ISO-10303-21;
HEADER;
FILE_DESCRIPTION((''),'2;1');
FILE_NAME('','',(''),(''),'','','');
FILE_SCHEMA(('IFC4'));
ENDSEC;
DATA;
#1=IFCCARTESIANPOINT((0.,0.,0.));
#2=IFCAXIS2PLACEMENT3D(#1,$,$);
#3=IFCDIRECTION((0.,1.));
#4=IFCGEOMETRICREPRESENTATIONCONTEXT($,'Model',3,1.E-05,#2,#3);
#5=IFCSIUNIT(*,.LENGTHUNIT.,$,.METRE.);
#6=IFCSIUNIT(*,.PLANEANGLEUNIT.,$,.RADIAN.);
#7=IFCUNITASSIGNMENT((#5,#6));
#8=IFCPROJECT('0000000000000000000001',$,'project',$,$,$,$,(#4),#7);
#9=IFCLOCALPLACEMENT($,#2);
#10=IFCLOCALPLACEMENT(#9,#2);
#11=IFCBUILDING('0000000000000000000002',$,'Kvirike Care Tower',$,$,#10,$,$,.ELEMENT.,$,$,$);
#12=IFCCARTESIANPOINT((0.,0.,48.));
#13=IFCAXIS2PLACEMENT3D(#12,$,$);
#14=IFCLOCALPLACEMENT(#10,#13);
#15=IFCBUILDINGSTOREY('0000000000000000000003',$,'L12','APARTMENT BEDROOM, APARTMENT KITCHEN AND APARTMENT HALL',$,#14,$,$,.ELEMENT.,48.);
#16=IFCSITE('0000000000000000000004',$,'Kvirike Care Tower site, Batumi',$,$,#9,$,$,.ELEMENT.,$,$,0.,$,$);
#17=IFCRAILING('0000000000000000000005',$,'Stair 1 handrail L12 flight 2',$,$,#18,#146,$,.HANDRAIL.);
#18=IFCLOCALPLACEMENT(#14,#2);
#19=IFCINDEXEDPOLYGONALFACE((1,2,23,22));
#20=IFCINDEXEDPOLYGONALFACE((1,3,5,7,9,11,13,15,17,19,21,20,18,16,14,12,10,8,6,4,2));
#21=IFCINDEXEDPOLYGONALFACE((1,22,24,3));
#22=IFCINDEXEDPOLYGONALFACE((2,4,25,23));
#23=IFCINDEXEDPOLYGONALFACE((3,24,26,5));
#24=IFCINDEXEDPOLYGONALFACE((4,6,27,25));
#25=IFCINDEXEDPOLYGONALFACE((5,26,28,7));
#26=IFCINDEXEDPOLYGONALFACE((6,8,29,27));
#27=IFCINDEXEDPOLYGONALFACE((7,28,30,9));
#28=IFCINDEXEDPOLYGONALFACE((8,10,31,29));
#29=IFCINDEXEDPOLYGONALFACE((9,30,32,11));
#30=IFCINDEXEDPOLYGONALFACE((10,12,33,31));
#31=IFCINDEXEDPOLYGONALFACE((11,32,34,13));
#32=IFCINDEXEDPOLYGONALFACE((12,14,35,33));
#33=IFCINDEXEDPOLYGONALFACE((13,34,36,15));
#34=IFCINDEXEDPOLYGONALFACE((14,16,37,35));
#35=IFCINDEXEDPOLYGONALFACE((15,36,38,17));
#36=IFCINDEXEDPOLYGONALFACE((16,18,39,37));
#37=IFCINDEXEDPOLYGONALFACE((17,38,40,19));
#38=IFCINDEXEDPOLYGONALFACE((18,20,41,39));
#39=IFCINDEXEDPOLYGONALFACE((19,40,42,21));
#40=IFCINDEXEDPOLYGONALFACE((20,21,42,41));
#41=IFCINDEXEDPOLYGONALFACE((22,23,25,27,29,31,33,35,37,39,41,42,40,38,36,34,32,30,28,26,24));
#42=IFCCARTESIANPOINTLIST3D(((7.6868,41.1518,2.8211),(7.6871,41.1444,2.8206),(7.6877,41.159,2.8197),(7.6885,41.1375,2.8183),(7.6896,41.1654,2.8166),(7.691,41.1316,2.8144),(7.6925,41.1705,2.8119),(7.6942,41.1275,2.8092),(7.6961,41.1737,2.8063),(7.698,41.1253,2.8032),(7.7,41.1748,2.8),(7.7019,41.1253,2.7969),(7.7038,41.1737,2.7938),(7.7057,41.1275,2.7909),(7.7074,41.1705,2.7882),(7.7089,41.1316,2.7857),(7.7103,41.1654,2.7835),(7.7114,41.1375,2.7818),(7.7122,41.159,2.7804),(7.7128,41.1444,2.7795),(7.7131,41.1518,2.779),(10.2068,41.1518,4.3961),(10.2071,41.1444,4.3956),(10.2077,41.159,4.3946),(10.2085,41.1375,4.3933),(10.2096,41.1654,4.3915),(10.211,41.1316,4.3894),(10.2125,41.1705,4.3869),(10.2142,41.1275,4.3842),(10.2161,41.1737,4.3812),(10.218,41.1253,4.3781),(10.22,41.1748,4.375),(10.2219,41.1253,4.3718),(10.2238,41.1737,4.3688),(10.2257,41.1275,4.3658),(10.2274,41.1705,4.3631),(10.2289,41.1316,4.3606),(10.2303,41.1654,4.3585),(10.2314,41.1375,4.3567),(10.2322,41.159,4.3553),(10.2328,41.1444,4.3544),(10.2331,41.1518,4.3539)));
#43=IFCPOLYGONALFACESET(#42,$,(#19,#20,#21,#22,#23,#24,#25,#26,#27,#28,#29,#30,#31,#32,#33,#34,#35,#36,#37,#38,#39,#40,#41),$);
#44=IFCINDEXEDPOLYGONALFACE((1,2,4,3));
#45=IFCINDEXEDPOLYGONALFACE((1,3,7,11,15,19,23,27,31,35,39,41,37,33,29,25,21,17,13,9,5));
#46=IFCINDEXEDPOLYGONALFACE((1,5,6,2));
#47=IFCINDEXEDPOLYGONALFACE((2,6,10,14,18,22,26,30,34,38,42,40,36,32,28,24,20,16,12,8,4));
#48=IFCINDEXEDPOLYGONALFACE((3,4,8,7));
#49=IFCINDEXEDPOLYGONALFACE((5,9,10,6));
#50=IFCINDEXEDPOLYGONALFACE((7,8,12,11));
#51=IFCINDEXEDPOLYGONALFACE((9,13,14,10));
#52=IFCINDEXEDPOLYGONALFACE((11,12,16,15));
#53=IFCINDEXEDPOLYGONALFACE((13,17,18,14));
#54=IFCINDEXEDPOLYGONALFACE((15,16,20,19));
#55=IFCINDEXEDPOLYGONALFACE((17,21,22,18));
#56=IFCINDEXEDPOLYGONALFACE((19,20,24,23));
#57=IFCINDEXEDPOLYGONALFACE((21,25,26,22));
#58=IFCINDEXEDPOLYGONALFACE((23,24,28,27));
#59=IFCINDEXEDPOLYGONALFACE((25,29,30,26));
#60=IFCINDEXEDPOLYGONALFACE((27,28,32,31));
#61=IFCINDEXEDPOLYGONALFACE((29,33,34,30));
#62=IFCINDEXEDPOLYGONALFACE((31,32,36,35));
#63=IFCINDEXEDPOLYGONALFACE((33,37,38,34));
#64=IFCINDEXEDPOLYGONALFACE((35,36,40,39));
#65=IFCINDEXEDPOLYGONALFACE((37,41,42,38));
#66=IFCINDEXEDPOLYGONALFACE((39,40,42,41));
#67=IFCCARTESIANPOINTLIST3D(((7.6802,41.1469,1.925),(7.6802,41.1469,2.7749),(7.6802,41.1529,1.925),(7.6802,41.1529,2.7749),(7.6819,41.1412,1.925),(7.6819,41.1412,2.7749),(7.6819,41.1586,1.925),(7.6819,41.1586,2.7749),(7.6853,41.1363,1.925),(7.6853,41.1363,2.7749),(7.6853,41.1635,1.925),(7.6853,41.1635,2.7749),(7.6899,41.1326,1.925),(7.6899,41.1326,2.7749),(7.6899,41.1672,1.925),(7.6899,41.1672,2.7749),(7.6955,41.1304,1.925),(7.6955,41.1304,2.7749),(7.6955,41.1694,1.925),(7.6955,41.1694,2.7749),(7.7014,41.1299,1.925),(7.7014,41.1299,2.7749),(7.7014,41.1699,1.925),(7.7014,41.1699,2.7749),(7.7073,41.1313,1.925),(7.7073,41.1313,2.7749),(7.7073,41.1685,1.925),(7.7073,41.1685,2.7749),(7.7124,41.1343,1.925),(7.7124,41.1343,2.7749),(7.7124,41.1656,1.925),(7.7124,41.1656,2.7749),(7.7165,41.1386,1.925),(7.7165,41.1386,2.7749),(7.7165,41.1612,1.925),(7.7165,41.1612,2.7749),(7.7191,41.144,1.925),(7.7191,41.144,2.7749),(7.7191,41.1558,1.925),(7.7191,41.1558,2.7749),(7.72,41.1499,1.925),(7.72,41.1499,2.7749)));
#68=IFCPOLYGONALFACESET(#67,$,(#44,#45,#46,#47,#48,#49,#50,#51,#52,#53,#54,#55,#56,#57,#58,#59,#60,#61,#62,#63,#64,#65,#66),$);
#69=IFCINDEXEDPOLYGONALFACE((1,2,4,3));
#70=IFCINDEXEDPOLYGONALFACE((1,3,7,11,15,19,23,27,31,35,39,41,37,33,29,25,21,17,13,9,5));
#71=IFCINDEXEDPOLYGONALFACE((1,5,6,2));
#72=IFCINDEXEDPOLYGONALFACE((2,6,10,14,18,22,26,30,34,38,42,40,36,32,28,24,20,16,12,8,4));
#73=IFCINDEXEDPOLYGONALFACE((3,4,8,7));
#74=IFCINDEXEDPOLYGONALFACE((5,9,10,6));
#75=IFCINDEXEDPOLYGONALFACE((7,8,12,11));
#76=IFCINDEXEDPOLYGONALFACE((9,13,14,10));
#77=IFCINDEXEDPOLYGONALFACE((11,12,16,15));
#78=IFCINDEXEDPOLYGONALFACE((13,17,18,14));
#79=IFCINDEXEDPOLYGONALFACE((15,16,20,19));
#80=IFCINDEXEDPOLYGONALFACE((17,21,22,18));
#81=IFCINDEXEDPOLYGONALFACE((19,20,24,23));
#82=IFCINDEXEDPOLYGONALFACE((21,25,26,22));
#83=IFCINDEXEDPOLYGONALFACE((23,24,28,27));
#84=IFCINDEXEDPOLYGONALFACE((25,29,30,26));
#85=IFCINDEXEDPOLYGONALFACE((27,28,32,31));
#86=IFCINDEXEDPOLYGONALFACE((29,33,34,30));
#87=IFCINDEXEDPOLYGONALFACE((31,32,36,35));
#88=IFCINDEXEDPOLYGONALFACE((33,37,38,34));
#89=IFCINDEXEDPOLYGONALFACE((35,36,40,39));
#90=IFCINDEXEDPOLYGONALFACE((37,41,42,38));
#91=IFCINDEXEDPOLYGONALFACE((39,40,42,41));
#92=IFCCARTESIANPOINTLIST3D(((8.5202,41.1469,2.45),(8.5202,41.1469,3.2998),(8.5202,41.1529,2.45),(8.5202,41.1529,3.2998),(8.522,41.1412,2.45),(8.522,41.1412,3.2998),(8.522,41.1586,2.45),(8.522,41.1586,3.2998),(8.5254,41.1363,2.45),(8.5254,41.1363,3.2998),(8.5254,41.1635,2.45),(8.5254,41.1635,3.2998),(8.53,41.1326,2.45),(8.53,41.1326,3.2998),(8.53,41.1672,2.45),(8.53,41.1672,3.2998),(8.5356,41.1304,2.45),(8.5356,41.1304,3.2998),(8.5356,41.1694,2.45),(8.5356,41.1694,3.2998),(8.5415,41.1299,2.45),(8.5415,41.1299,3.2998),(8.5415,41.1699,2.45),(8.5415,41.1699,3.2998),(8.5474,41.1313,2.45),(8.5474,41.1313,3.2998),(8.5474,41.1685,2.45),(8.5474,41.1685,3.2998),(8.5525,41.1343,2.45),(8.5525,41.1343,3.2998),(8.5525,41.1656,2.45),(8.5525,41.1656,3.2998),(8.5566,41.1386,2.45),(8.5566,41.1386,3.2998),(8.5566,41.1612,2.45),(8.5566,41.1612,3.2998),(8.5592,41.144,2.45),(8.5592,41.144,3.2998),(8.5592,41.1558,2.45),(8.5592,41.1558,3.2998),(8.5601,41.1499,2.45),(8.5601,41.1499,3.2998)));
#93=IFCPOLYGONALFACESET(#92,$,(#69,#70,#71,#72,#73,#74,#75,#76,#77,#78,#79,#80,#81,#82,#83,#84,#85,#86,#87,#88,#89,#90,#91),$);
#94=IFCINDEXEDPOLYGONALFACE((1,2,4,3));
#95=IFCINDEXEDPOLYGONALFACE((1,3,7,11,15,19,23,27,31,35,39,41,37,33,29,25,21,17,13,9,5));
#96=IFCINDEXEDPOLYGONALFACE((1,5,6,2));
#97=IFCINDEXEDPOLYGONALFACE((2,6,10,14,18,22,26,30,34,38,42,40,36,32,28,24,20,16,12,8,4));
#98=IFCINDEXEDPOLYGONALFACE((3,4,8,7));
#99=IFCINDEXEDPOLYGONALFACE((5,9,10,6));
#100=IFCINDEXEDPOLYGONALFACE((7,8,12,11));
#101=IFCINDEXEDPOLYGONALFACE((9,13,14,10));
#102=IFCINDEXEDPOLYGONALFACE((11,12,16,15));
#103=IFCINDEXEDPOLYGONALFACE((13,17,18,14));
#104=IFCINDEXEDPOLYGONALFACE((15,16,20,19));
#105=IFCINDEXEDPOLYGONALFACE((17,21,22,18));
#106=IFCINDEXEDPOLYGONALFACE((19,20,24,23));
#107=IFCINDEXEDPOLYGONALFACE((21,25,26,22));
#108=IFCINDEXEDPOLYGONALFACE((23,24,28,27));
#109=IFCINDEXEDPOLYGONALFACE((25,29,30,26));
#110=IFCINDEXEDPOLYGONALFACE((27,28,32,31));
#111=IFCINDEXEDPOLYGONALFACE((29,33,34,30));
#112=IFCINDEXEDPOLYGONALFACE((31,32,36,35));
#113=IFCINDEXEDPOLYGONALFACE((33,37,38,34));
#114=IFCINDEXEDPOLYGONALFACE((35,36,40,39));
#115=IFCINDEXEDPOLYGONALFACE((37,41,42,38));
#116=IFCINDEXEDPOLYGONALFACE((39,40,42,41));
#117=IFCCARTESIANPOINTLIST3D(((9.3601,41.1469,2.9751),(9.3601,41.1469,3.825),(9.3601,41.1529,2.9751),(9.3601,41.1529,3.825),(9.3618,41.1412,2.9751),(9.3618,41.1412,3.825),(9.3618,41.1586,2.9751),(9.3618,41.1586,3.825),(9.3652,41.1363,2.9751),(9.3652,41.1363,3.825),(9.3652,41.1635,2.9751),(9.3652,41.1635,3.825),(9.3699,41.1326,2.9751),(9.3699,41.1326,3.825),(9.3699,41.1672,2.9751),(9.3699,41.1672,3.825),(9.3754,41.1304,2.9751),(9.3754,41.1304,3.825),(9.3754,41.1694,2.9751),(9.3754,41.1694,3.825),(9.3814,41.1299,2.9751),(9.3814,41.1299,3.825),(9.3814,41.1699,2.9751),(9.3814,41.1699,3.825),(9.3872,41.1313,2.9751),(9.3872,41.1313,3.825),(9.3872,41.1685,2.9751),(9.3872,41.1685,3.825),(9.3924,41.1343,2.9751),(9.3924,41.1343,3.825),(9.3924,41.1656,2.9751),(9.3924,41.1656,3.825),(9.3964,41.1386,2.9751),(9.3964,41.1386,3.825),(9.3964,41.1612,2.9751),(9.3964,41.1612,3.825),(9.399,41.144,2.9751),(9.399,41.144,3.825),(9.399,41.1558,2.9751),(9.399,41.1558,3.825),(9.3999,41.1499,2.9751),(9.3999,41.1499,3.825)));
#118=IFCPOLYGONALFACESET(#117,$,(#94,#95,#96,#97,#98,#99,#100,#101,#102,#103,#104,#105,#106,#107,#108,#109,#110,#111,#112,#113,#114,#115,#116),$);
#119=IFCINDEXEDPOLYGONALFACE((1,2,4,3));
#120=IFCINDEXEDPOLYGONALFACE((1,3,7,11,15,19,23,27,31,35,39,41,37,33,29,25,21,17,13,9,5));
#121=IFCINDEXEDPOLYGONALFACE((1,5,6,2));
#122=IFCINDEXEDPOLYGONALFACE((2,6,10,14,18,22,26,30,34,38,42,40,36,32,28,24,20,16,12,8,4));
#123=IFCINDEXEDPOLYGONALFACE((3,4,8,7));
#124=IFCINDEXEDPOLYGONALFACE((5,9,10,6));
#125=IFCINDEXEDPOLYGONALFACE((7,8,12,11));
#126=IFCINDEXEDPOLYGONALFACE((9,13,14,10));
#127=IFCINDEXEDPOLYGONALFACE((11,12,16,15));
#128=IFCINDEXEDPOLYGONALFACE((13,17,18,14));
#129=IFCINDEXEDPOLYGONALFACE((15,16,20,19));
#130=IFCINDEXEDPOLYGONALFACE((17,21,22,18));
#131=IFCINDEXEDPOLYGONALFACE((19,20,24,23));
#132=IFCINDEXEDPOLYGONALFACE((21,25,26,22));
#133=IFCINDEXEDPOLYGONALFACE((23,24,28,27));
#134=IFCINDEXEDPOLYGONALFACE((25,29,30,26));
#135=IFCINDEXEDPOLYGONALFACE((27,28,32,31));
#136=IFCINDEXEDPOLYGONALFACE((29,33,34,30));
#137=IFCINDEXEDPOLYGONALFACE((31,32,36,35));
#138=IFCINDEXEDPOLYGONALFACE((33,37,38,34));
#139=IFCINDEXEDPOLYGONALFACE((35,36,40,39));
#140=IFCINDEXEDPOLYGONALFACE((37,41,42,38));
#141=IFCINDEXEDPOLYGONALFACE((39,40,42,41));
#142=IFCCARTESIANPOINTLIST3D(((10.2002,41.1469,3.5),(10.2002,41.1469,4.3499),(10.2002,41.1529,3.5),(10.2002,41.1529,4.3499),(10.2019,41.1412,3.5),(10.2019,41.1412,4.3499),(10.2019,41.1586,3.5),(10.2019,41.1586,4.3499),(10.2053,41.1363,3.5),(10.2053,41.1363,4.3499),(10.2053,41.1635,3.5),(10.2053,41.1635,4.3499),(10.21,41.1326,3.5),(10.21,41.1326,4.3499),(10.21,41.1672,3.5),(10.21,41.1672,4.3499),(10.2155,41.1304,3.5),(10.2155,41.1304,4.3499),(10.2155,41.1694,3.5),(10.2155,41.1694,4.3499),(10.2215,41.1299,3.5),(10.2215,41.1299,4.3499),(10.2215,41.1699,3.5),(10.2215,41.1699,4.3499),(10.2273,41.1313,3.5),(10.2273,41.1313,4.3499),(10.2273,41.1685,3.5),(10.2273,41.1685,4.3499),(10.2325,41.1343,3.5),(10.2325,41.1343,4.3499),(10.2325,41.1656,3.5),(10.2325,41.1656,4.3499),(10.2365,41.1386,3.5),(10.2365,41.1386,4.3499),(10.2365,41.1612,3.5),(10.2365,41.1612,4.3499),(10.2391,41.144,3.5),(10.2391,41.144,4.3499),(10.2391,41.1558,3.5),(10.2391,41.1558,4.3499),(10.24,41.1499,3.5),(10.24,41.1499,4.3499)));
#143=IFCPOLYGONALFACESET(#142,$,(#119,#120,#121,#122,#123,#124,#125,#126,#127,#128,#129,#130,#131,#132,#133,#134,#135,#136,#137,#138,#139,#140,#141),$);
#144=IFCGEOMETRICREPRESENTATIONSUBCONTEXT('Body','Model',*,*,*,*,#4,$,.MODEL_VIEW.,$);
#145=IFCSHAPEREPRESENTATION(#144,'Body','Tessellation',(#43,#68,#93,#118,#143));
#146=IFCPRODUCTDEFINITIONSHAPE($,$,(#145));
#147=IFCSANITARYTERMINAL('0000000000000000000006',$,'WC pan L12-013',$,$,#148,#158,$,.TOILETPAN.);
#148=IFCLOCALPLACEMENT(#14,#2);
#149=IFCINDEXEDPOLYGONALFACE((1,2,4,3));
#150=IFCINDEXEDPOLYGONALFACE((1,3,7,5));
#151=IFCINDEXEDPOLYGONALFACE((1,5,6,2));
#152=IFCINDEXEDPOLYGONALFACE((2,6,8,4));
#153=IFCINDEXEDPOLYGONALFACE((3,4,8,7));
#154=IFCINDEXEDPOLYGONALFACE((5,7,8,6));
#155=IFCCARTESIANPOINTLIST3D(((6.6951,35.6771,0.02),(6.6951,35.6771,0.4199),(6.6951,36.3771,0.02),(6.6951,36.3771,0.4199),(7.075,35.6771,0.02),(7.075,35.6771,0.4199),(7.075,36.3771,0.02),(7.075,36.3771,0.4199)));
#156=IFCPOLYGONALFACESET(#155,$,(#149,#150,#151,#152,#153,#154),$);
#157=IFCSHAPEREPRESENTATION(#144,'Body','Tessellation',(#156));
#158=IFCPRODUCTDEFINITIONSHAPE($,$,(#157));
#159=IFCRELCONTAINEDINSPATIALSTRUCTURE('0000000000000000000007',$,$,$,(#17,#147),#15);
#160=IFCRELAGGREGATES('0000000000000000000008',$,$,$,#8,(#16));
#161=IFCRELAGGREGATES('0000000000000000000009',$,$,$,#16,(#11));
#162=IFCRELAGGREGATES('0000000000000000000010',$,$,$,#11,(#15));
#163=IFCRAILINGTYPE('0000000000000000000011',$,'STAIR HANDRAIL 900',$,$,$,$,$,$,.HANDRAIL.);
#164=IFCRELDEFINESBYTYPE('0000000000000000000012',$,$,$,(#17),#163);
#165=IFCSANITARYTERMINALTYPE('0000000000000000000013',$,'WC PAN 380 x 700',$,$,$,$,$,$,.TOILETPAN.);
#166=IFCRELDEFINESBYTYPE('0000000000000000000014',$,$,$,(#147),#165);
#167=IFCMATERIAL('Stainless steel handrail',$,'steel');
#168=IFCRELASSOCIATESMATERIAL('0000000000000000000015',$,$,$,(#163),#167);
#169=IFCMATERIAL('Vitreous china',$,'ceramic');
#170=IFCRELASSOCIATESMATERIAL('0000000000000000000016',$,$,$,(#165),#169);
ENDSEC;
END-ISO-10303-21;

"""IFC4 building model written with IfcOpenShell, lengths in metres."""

from ifc_helpers import new_model, si_unit, direction, frame, origin, origin_2d, place, context, subcontext, project, spatial, rectangle, circle, extrude, material, type_object, element, save


model = new_model("IFC4")

# Units and contexts
model_context = context("Model", 3, precision=1e-05, world=origin(), true_north=direction((0.0, 1.0)))
body_context = subcontext(model_context, "Body", "Model", "MODEL_VIEW")
ifc_project = project(units=[si_unit("LENGTHUNIT", "METRE"), si_unit("PLANEANGLEUNIT", "RADIAN")], contexts=[model_context])

# Site, building, storey
site_placement = place(None, origin())
site = spatial("IfcSite", under=ifc_project, at=site_placement, Name="Kvirike Care Tower site, Batumi", CompositionType="ELEMENT", RefElevation=0.0)
building_placement = place(site_placement, origin())
building = spatial("IfcBuilding", under=site, at=building_placement, Name="Kvirike Care Tower", CompositionType="ELEMENT")
storey_placement = place(building_placement, frame((0.0, 0.0, 48.0)))
storey = spatial("IfcBuildingStorey", under=building, at=storey_placement, Name="L12", Description="APARTMENT BEDROOM, APARTMENT KITCHEN AND APARTMENT HALL", CompositionType="ELEMENT", Elevation=48.0)

# Railing
ifc_material_1 = material(Name="Stainless steel handrail", Category="steel")
railing_type = type_object("IfcRailingType", Name="STAIR HANDRAIL 900", PredefinedType="HANDRAIL", material=ifc_material_1)
railing_placement = place(storey_placement, frame((7.7, 41.1499, 1.925)))
element("IfcRailing", 1, at=railing_placement, inside=storey, type_object=railing_type, Name="Stair 1 handrail L12 flight 2", PredefinedType="HANDRAIL", context=body_context, shape_type="SweptSolid", body=[
    extrude(circle(Radius=0.0249, at=origin_2d()), frame((0.0, 0.0, 0.875), z_axis=(0.848008, 0.0, 0.529984), x_axis=(0.0, 1.0, 0.0)), (0.0, 0.0, 1.0), 2.9717),
    extrude(circle(Radius=0.02, at=origin_2d()), origin(), (0.0, 0.0, 1.0), 0.8499),
    extrude(circle(Radius=0.02, at=origin_2d()), frame((0.8401, 0.0, 0.5249)), (0.0, 0.0, 1.0), 0.8499),
    extrude(circle(Radius=0.02, at=origin_2d()), frame((1.6799, 0.0, 1.05)), (0.0, 0.0, 1.0), 0.8499),
    extrude(circle(Radius=0.02, at=origin_2d()), frame((2.52, 0.0, 1.575)), (0.0, 0.0, 1.0), 0.8499),
])

# Sanitary terminal
ifc_material_2 = material(Name="Vitreous china", Category="ceramic")
sanitary_terminal_type = type_object("IfcSanitaryTerminalType", Name="WC PAN 380 x 700", PredefinedType="TOILETPAN", material=ifc_material_2)
sanitary_terminal_placement = place(storey_placement, frame((6.885, 36.0271, 0.02), z_axis=(0.0, 0.0, 1.0), x_axis=(-1.0, 0.0, 0.0)))
element("IfcSanitaryTerminal", 2, at=sanitary_terminal_placement, inside=storey, type_object=sanitary_terminal_type, Name="WC pan L12-013", PredefinedType="TOILETPAN", context=body_context, shape_type="SweptSolid", body=[
    extrude(rectangle(XDim=0.3799, YDim=0.7, at=origin_2d()), origin(), (0.0, 0.0, 1.0), 0.3999),
])

save(model, "model.ifc")
